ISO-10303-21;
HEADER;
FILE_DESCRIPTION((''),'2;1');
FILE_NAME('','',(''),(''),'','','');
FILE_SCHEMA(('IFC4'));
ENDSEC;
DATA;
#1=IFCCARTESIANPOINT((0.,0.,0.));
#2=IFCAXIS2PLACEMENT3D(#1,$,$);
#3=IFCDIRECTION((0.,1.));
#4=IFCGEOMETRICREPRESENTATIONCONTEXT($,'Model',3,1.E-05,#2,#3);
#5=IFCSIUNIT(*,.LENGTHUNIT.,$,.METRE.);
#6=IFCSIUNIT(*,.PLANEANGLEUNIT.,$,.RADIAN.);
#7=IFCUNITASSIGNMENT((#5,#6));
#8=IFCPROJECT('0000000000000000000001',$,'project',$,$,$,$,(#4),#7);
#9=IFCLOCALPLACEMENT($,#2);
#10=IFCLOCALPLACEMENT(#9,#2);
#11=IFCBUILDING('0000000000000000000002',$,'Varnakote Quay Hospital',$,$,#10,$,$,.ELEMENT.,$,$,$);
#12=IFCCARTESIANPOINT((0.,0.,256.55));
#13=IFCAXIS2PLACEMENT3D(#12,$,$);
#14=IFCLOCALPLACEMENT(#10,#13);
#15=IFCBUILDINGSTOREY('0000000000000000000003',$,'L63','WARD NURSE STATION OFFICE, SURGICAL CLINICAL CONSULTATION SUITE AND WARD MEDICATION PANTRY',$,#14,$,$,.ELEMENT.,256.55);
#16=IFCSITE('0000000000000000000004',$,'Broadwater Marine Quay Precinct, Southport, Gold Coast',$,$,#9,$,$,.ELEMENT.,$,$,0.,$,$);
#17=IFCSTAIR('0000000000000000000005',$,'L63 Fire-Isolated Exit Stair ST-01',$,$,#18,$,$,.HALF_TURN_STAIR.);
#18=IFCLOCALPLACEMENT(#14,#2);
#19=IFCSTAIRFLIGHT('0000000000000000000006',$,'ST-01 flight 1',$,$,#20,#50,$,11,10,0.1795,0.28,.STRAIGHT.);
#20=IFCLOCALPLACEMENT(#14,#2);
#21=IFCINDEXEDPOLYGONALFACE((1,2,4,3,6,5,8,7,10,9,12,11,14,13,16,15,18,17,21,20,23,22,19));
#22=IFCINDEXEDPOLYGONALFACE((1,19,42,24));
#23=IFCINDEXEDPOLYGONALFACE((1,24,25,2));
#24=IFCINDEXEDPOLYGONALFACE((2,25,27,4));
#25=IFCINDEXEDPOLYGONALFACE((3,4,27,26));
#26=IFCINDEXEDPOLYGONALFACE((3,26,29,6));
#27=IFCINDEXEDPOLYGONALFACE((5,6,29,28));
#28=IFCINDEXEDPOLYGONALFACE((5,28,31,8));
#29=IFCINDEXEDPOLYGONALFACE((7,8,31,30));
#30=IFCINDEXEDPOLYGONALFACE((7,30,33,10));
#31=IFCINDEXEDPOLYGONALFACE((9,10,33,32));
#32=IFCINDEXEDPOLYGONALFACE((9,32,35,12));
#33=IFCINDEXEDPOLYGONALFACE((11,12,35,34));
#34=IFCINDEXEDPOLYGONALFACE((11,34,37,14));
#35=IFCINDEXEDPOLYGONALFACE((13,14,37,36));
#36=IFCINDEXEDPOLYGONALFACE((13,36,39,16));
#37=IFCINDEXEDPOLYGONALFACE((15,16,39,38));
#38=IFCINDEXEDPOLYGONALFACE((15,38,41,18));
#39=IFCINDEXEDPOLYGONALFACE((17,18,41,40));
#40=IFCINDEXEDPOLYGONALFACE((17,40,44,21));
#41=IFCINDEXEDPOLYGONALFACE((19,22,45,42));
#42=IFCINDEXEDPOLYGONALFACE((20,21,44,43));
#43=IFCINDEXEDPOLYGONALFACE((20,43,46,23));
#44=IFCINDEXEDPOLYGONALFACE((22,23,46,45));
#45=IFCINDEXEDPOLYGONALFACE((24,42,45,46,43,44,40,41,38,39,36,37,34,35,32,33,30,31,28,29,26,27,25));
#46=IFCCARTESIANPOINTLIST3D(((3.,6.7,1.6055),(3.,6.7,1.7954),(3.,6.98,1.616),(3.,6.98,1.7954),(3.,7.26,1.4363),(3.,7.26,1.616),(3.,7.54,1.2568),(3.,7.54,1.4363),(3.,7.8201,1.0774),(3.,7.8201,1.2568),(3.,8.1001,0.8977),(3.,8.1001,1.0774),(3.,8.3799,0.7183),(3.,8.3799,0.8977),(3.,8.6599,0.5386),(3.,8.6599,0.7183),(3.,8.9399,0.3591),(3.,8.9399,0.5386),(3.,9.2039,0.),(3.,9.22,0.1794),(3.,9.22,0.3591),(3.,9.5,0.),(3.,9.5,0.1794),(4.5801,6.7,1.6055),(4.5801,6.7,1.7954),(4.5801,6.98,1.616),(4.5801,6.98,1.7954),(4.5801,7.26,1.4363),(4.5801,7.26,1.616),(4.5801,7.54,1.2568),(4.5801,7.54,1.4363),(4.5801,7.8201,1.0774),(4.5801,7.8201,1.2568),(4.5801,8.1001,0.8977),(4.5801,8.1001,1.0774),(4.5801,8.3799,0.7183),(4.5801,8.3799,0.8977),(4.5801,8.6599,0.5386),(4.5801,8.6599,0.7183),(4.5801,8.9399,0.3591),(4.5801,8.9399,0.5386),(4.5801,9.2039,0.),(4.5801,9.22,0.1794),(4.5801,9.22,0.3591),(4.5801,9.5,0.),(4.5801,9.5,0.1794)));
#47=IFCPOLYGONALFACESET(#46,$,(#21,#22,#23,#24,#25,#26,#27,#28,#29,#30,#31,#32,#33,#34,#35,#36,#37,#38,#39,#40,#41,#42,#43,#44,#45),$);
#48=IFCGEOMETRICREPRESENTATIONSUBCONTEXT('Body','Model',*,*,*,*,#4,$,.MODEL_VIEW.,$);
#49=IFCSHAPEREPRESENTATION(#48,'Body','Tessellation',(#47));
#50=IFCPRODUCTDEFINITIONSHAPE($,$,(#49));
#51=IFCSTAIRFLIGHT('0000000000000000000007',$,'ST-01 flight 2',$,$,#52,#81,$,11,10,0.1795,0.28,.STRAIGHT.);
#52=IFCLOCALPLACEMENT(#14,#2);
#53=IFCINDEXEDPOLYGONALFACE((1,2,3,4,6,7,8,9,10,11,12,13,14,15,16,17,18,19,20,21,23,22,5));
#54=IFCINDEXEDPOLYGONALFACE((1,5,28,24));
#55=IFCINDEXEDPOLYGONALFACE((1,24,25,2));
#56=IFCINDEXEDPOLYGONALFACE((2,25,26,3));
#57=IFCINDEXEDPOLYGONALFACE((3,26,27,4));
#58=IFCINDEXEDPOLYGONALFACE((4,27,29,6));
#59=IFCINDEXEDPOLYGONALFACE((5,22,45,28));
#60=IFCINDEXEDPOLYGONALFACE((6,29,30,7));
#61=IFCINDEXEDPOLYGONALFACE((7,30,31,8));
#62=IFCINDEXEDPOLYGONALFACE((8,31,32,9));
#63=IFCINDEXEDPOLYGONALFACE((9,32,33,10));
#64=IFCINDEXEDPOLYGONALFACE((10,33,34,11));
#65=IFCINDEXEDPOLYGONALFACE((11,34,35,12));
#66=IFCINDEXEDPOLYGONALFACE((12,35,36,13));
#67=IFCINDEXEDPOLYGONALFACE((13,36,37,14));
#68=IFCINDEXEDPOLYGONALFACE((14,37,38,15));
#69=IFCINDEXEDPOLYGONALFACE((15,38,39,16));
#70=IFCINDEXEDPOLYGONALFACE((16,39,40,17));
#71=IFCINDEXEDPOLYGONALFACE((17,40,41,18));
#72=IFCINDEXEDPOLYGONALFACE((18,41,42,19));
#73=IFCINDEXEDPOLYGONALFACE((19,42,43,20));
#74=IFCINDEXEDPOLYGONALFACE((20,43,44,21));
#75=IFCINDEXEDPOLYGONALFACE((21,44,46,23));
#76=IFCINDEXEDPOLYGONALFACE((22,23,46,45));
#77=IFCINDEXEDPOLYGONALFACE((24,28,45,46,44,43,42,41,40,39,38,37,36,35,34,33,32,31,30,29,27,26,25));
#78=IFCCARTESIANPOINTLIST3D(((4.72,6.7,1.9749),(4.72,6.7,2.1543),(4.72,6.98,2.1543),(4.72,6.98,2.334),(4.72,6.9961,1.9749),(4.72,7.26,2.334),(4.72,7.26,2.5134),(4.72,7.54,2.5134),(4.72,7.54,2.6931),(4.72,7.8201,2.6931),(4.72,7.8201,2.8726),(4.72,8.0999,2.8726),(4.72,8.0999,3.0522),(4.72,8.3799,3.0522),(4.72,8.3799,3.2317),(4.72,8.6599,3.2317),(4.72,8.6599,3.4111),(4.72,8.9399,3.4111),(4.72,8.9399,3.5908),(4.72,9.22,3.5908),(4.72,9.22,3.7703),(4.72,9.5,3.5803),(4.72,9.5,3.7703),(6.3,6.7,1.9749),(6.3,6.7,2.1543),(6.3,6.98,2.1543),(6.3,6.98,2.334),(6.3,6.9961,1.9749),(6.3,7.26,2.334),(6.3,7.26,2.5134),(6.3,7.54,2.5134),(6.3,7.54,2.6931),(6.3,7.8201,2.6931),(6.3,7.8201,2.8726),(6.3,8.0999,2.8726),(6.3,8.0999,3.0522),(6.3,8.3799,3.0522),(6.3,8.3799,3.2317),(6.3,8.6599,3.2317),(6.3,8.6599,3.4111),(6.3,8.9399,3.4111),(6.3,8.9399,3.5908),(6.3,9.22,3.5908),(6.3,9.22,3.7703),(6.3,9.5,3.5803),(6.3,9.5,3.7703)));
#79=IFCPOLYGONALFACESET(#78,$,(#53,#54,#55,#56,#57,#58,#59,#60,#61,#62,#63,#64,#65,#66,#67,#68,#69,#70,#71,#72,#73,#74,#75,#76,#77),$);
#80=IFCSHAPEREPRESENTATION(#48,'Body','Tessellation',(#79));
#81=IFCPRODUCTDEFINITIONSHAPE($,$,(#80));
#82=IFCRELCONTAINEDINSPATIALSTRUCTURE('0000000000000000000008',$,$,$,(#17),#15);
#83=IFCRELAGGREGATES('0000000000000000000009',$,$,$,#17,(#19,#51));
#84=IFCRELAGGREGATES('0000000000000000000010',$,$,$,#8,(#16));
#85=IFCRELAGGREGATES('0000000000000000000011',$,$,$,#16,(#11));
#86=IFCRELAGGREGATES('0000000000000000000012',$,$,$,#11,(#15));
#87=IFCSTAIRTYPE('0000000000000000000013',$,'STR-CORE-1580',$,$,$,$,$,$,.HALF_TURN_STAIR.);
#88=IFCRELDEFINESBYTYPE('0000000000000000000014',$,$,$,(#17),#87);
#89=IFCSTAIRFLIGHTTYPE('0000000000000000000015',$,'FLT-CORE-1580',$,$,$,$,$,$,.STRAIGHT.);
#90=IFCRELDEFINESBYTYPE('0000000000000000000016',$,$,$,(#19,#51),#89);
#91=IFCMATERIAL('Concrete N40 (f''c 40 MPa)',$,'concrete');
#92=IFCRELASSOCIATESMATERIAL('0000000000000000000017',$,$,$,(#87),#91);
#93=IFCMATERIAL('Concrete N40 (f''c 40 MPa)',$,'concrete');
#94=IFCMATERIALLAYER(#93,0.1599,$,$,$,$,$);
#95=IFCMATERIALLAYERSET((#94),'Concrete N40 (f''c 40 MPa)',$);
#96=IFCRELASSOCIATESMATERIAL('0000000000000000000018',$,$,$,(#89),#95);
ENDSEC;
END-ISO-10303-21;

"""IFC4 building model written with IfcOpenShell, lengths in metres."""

from ifc_helpers import new_model, si_unit, direction, frame, origin, place, context, subcontext, project, spatial, polyline, outline, extrude, material, layer, layer_set, type_object, element, aggregate, save


model = new_model("IFC4")

# Units and contexts
model_context = context("Model", 3, precision=1e-05, world=origin(), true_north=direction((0.0, 1.0)))
body_context = subcontext(model_context, "Body", "Model", "MODEL_VIEW")
ifc_project = project(units=[si_unit("LENGTHUNIT", "METRE"), si_unit("PLANEANGLEUNIT", "RADIAN")], contexts=[model_context])

# Site, building, storey
site_placement = place(None, origin())
site = spatial("IfcSite", under=ifc_project, at=site_placement, Name="Broadwater Marine Quay Precinct, Southport, Gold Coast", CompositionType="ELEMENT", RefElevation=0.0)
building_placement = place(site_placement, origin())
building = spatial("IfcBuilding", under=site, at=building_placement, Name="Varnakote Quay Hospital", CompositionType="ELEMENT")
storey_placement = place(building_placement, frame((0.0, 0.0, 256.55)))
storey = spatial("IfcBuildingStorey", under=building, at=storey_placement, Name="L63", Description="WARD NURSE STATION OFFICE, SURGICAL CLINICAL CONSULTATION SUITE AND WARD MEDICATION PANTRY", CompositionType="ELEMENT", Elevation=256.55)

# Stair
ifc_material_1 = material(Name="Concrete N40 (f'c 40 MPa)", Category="concrete")
stair_type = type_object("IfcStairType", Name="STR-CORE-1580", PredefinedType="HALF_TURN_STAIR", material=ifc_material_1)
stair_1_placement = place(storey_placement, origin())
stair_1 = element("IfcStair", 1, at=stair_1_placement, inside=storey, type_object=stair_type, Name="L63 Fire-Isolated Exit Stair ST-01", PredefinedType="HALF_TURN_STAIR")

# Stair flights
ifc_material_2 = material(Name="Concrete N40 (f'c 40 MPa)", Category="concrete")
ifc_layer_1 = layer(ifc_material_2, 0.1599)
ifc_layer_set_1 = layer_set([ifc_layer_1], Name="Concrete N40 (f'c 40 MPa)")
stair_flight_type = type_object("IfcStairFlightType", Name="FLT-CORE-1580", PredefinedType="STRAIGHT", material=ifc_layer_set_1)
stair_flight_1_placement = place(storey_placement, frame((3.79, 9.5, 0.0), z_axis=(0.0, 0.0, 1.0), x_axis=(0.0, -1.0, 0.0)))
stair_flight_1 = element("IfcStairFlight", 2, at=stair_flight_1_placement, type_object=stair_flight_type, Name="ST-01 flight 1", NumberOfRisers=11, NumberOfTreads=10, PredefinedType="STRAIGHT", RiserHeight=0.1795, TreadLength=0.28, context=body_context, shape_type="SweptSolid", body=[
    extrude(outline(polyline([(0.0, 0.0), (0.0, 0.1794), (0.28, 0.1794), (0.28, 0.3591), (0.5601, 0.3591), (0.5601, 0.5386), (0.8401, 0.5386), (0.8401, 0.7183), (1.1201, 0.7183), (1.1201, 0.8977), (1.3999, 0.8977), (1.3999, 1.0774), (1.6799, 1.0774), (1.6799, 1.2568), (1.96, 1.2568), (1.96, 1.4363), (2.24, 1.4363), (2.24, 1.616), (2.52, 1.616), (2.52, 1.7954), (2.8, 1.7954), (2.8, 1.9751), (2.8, 1.6055), (0.2961, 0.0), (0.0, 0.0)])), frame((0.0, 0.79, 0.0), z_axis=(0.0, -1.0, 0.0), x_axis=(1.0, 0.0, 0.0)), (0.0, 0.0, 1.0), 1.5801),
])
stair_flight_2_placement = place(storey_placement, frame((5.51, 6.7, 1.9749), z_axis=(0.0, 0.0, 1.0), x_axis=(0.0, 1.0, 0.0)))
stair_flight_2 = element("IfcStairFlight", 3, at=stair_flight_2_placement, type_object=stair_flight_type, Name="ST-01 flight 2", NumberOfRisers=11, NumberOfTreads=10, PredefinedType="STRAIGHT", RiserHeight=0.1795, TreadLength=0.28, context=body_context, shape_type="SweptSolid", body=[
    extrude(outline(polyline([(0.0, 0.0), (0.0, 0.1794), (0.28, 0.1794), (0.28, 0.3591), (0.5601, 0.3591), (0.5601, 0.5386), (0.8401, 0.5386), (0.8401, 0.7183), (1.1201, 0.7183), (1.1201, 0.8977), (1.3999, 0.8977), (1.3999, 1.0774), (1.6799, 1.0774), (1.6799, 1.2568), (1.96, 1.2568), (1.96, 1.4363), (2.24, 1.4363), (2.24, 1.616), (2.52, 1.616), (2.52, 1.7954), (2.8, 1.7954), (2.8, 1.9751), (2.8, 1.6055), (0.2961, 0.0), (0.0, 0.0)])), frame((0.0, 0.79, 0.0), z_axis=(0.0, -1.0, 0.0), x_axis=(1.0, 0.0, 0.0)), (0.0, 0.0, 1.0), 1.5801),
])
aggregate(stair_1, [stair_flight_1, stair_flight_2])

save(model, "model.ifc")
